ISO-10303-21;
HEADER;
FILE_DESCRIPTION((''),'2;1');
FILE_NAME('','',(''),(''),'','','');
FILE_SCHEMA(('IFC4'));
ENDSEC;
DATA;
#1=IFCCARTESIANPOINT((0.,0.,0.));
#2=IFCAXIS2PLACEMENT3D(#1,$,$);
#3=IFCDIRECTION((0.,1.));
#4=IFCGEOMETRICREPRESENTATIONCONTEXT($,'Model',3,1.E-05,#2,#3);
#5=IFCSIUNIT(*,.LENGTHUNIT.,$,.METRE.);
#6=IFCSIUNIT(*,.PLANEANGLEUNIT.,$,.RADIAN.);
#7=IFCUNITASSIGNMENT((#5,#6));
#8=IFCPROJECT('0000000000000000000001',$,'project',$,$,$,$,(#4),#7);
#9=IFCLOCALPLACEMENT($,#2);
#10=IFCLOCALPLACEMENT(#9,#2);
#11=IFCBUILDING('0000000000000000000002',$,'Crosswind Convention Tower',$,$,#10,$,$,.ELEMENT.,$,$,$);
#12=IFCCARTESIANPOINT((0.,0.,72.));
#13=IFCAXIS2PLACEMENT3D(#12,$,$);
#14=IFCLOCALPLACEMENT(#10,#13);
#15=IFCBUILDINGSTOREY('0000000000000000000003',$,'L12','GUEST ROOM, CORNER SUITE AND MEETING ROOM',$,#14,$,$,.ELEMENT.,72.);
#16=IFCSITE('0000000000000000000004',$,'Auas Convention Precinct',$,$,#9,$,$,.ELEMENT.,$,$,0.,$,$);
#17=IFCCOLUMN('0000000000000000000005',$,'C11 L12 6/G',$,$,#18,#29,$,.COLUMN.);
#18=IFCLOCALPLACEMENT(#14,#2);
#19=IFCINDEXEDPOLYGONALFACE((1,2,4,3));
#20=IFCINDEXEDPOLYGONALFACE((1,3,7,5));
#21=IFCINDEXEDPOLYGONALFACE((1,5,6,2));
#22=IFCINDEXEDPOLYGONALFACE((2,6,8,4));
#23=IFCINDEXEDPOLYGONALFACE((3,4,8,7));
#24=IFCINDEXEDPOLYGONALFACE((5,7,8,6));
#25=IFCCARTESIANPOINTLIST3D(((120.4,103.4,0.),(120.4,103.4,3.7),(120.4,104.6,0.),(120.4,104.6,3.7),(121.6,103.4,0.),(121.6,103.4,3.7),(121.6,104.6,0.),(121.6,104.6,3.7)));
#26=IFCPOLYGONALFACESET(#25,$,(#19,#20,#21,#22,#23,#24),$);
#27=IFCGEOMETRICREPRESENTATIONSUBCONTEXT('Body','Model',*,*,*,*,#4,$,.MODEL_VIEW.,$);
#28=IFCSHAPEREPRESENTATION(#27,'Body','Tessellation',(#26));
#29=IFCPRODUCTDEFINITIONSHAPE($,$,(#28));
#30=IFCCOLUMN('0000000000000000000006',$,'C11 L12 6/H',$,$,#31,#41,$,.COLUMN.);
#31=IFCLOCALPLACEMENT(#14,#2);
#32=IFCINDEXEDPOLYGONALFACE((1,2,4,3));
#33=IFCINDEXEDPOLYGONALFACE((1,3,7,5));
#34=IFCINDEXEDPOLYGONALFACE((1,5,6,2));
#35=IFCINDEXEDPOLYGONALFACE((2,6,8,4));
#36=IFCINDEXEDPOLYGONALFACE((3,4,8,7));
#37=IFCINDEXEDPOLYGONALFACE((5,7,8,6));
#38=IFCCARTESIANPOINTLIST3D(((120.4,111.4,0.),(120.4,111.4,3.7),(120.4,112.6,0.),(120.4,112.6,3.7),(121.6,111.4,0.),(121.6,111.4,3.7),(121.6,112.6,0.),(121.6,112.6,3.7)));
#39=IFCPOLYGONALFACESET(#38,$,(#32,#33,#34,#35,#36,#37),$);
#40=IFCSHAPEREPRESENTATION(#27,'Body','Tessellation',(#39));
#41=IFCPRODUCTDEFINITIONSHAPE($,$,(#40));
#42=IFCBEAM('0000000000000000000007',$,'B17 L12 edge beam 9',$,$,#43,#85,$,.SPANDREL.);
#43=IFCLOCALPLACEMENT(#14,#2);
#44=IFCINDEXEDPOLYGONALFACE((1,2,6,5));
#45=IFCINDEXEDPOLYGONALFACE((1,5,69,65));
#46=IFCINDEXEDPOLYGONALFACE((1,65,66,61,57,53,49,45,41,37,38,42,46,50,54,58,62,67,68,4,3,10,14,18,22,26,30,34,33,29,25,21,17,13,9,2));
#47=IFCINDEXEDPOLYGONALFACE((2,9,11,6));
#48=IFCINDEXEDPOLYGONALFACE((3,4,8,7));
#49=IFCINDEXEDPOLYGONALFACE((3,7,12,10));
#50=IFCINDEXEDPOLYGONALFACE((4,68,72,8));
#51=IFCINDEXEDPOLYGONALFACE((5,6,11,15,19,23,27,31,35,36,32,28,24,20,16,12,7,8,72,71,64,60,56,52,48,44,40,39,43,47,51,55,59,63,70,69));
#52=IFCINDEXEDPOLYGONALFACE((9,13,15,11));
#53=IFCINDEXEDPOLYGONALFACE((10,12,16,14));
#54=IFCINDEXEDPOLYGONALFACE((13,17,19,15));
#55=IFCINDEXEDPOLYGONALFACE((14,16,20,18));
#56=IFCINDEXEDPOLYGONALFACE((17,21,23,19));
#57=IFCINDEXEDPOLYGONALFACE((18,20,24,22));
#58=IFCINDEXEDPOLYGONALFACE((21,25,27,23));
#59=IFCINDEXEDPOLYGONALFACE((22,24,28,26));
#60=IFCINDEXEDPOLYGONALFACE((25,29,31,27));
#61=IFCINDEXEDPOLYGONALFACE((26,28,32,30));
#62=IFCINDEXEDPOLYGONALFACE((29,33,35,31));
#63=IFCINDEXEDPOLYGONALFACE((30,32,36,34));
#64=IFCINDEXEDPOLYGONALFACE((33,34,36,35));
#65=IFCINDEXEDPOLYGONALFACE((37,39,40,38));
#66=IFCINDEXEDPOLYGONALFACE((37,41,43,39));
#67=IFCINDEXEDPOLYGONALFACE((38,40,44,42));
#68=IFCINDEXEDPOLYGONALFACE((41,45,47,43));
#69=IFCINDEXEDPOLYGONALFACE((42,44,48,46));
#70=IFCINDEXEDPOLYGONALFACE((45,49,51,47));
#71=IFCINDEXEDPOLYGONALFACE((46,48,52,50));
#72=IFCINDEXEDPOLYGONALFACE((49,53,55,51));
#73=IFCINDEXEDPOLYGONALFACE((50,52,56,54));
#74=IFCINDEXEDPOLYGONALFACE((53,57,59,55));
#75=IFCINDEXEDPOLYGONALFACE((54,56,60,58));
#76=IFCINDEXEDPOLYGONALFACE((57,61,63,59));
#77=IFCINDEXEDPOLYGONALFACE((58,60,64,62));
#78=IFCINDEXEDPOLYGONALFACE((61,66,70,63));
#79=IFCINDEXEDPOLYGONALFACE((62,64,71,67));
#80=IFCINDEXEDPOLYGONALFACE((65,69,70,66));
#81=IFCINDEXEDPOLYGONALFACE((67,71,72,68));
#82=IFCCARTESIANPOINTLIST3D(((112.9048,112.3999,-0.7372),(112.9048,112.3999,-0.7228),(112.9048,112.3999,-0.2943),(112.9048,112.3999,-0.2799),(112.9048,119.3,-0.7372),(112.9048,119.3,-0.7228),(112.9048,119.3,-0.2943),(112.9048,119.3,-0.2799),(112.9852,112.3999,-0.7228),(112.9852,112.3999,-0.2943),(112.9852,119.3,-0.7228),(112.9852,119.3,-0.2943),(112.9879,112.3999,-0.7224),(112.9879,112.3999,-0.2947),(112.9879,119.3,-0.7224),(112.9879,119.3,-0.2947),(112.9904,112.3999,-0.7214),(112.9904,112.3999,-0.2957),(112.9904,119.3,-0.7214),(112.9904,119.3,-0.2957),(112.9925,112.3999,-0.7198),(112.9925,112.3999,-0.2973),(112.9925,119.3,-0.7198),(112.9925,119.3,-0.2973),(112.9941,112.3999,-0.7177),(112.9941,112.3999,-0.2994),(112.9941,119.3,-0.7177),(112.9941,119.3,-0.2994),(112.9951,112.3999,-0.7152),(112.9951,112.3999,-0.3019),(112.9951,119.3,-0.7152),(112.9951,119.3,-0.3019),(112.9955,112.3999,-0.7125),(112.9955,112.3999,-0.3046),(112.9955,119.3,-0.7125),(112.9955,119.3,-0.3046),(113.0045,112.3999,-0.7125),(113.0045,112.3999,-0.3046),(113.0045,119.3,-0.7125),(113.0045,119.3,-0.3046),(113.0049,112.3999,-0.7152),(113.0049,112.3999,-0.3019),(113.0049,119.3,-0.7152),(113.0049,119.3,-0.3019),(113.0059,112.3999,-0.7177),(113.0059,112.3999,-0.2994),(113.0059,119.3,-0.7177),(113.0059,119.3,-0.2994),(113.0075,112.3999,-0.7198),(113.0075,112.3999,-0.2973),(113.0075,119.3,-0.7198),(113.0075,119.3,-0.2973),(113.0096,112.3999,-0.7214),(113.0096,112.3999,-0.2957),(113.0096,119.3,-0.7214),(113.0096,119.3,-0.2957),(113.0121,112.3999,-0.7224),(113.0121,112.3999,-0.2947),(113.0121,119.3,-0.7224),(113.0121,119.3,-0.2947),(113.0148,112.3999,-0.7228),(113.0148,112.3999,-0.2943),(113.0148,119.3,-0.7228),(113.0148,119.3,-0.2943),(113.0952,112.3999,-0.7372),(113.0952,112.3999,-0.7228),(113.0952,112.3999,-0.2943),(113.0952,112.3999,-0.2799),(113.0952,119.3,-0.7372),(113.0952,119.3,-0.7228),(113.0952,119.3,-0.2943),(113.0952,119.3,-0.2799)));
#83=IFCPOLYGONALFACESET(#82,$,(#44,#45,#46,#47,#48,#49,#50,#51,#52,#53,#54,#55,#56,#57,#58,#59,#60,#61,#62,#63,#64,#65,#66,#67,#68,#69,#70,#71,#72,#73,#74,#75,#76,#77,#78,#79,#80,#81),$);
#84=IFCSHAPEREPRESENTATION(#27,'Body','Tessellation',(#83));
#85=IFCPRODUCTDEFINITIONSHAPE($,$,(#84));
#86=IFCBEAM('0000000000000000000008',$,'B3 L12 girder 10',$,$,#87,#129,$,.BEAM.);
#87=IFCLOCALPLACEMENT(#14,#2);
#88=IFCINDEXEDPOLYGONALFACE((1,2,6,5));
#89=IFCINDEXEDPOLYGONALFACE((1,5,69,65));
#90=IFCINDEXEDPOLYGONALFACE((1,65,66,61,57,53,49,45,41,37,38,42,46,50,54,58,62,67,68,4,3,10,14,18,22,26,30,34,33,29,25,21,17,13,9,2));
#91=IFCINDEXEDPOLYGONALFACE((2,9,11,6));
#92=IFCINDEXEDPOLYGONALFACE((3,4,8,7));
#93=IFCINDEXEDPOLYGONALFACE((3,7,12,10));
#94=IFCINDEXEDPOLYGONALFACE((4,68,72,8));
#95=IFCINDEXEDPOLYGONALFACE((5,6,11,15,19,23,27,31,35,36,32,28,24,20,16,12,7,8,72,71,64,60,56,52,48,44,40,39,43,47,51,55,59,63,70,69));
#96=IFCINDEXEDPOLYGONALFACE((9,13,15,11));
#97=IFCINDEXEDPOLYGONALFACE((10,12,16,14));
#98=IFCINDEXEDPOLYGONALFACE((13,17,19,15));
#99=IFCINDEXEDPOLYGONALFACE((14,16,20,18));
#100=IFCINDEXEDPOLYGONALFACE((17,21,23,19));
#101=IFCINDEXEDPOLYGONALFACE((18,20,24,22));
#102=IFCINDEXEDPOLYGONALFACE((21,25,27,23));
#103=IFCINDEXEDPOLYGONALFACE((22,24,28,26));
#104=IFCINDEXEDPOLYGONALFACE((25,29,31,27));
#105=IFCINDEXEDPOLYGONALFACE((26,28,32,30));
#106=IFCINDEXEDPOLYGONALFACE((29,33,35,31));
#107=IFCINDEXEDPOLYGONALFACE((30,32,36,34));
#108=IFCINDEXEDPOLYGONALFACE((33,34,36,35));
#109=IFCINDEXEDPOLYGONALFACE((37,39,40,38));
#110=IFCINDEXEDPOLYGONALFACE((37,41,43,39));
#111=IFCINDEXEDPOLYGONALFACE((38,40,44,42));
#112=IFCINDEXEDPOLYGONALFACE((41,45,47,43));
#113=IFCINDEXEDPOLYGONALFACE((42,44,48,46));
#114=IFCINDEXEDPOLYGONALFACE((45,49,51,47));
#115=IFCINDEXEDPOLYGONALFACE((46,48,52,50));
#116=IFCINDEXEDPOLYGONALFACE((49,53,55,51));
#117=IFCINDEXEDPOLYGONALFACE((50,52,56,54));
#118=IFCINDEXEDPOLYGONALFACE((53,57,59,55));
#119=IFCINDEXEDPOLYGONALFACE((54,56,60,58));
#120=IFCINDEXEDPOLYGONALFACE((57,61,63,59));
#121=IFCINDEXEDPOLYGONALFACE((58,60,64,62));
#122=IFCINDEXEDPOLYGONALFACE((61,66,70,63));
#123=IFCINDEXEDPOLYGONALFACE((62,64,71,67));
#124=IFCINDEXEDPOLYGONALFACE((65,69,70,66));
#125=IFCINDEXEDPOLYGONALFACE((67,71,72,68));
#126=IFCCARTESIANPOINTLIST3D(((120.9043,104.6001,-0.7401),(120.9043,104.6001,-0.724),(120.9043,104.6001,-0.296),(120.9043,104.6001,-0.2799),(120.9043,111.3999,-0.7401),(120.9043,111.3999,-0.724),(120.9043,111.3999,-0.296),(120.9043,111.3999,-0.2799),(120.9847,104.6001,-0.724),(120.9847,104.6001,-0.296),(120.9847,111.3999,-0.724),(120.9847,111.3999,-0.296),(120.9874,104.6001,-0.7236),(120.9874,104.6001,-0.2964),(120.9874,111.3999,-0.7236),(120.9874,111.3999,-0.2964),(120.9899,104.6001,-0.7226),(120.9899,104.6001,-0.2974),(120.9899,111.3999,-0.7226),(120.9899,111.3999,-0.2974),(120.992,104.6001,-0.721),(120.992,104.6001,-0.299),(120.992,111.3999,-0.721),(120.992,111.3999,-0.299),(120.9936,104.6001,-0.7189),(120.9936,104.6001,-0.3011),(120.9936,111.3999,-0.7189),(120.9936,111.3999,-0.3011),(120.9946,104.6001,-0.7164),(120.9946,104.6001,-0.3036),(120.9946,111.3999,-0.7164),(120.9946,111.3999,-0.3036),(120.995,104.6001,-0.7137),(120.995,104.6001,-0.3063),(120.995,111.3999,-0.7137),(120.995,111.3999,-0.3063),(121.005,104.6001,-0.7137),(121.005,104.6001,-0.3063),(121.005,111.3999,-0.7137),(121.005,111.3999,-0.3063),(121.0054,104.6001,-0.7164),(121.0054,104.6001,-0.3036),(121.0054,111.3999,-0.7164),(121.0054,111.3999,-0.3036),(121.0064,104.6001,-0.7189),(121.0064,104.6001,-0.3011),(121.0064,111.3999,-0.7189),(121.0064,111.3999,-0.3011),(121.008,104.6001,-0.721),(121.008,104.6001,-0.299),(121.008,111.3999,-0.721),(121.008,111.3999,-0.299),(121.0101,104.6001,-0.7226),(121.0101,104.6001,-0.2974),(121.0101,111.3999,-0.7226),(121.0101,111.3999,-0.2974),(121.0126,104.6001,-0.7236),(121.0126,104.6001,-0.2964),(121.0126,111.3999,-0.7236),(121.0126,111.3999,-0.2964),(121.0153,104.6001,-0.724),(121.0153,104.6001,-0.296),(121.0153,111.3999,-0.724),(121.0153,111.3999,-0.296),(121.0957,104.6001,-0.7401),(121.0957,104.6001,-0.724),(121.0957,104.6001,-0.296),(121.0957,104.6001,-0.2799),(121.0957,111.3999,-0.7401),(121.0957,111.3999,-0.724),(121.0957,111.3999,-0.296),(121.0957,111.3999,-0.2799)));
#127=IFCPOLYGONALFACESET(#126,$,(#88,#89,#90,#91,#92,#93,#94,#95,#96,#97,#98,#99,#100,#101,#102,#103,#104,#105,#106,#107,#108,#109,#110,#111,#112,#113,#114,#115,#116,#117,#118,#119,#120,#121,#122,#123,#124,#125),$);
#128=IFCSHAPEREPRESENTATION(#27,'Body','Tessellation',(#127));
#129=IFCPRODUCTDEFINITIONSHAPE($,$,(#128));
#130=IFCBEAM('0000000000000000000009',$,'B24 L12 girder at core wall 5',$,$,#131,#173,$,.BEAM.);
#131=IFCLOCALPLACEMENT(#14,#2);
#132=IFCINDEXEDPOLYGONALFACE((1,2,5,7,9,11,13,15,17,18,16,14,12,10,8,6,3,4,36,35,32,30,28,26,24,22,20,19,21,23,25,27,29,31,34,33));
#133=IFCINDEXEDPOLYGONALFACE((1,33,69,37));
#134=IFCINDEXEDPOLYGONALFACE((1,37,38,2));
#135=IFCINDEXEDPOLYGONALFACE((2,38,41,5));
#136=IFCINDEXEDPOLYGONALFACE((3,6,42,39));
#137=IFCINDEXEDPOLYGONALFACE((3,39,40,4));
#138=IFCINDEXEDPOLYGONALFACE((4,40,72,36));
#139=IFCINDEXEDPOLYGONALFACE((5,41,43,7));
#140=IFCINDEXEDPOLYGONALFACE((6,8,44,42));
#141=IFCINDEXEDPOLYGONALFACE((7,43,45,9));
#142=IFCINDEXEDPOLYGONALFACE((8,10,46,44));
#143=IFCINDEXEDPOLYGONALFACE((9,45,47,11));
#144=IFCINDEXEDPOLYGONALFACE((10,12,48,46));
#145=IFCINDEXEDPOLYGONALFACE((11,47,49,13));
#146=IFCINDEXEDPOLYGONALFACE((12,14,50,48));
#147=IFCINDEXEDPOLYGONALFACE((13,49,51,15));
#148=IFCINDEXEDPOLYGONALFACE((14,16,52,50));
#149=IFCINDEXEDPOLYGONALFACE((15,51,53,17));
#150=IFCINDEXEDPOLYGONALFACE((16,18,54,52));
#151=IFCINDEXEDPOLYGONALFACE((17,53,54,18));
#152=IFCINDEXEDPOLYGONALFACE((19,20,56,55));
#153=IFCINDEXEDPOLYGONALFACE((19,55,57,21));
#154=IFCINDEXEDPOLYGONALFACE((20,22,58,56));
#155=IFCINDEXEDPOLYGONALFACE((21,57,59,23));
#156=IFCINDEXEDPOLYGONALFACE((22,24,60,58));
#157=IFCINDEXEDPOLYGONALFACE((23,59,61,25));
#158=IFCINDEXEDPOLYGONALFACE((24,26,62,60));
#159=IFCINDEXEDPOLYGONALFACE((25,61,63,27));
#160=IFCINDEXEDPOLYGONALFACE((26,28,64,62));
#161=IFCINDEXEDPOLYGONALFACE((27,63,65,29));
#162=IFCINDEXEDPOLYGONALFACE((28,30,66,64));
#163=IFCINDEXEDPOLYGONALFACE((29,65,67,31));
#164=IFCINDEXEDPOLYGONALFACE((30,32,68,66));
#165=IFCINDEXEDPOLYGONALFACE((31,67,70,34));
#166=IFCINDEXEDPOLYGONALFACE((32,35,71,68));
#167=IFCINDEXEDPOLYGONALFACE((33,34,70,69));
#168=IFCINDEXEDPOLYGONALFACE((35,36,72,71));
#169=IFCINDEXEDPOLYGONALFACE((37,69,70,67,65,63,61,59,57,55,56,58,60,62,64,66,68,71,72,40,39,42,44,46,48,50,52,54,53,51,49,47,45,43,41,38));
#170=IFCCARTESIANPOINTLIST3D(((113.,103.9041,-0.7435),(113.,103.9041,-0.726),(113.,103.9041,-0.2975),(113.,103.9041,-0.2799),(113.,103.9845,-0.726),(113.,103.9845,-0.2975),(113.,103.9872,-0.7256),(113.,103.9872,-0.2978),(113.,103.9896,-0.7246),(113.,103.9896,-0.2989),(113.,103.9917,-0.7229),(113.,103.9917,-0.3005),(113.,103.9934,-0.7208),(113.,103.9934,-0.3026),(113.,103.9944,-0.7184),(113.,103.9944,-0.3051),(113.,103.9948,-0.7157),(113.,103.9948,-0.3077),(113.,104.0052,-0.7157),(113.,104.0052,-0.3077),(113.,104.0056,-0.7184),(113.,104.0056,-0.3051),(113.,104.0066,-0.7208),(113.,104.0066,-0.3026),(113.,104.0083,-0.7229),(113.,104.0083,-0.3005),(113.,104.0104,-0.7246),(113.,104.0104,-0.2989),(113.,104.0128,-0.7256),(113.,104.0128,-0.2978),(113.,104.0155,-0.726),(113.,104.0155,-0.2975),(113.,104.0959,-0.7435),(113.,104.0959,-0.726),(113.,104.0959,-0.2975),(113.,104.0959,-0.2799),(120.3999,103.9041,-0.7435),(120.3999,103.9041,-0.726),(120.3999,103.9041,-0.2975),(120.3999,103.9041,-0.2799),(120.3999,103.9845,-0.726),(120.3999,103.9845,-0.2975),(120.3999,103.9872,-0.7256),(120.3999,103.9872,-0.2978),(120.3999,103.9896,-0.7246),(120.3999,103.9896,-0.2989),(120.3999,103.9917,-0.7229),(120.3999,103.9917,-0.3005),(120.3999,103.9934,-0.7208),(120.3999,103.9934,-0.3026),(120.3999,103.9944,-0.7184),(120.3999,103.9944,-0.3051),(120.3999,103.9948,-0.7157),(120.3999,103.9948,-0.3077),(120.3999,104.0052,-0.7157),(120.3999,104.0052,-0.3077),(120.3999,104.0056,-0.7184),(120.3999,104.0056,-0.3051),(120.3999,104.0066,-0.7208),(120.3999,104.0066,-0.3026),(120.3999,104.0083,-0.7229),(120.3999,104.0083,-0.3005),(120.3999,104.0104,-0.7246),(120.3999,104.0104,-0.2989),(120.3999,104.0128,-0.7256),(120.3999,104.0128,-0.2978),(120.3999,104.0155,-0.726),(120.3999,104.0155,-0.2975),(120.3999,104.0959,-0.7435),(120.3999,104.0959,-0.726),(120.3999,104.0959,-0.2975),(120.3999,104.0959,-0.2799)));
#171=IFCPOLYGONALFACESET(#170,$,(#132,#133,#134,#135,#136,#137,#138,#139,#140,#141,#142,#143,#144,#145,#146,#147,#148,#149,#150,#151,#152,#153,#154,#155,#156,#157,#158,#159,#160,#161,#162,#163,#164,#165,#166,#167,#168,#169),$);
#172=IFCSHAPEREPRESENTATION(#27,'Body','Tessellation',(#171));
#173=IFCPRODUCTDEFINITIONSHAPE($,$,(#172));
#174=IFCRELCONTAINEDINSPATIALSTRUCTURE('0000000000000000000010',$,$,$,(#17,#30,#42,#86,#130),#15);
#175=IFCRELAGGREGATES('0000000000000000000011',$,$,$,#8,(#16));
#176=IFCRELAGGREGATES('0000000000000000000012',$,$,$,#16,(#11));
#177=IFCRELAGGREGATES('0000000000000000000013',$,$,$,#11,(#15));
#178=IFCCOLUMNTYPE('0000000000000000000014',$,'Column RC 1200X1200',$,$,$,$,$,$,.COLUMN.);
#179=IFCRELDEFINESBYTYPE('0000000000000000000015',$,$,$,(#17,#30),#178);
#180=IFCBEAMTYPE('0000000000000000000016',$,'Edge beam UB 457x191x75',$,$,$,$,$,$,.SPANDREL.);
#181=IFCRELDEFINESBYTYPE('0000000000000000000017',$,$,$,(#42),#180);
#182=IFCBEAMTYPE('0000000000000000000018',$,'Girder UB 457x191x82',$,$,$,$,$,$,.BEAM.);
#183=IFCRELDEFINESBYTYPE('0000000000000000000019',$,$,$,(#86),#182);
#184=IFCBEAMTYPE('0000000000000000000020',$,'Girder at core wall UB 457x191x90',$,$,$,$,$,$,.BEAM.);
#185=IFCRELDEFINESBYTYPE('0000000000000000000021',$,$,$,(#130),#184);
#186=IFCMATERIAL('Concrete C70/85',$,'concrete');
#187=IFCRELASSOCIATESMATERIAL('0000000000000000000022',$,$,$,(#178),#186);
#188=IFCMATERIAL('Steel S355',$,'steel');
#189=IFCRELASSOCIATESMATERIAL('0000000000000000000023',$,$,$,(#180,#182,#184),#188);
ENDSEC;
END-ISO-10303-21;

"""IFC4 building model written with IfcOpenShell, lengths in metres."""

from ifc_helpers import new_model, si_unit, direction, frame, origin, origin_2d, place, context, subcontext, project, spatial, rectangle, i_section, extrude, material, material_profile, profile_set, type_object, element, save


model = new_model("IFC4")

# Units and contexts
model_context = context("Model", 3, precision=1e-05, world=origin(), true_north=direction((0.0, 1.0)))
body_context = subcontext(model_context, "Body", "Model", "MODEL_VIEW")
ifc_project = project(units=[si_unit("LENGTHUNIT", "METRE"), si_unit("PLANEANGLEUNIT", "RADIAN")], contexts=[model_context])

# Site, building, storey
site_placement = place(None, origin())
site = spatial("IfcSite", under=ifc_project, at=site_placement, Name="Auas Convention Precinct", CompositionType="ELEMENT", RefElevation=0.0)
building_placement = place(site_placement, origin())
building = spatial("IfcBuilding", under=site, at=building_placement, Name="Crosswind Convention Tower", CompositionType="ELEMENT")
storey_placement = place(building_placement, frame((0.0, 0.0, 72.0)))
storey = spatial("IfcBuildingStorey", under=building, at=storey_placement, Name="L12", Description="GUEST ROOM, CORNER SUITE AND MEETING ROOM", CompositionType="ELEMENT", Elevation=72.0)

# Columns
ifc_material_1 = material(Name="Concrete C70/85", Category="concrete")
ifc_material_profile_1 = material_profile(ifc_material_1, rectangle(XDim=1.2, YDim=1.2, at=origin_2d()), Name="RC 1200X1200")
ifc_profile_set_1 = profile_set([ifc_material_profile_1], Name="Concrete C70/85")
column_type = type_object("IfcColumnType", Name="Column RC 1200X1200", PredefinedType="COLUMN", material=ifc_profile_set_1)
for number, where, z_axis, x_axis, name in (
    (1, (121.0, 104.0, 0.0), (0.0, 0.0, 1.0), (1.0, 0.0, 0.0), "C11 L12 6/G"),
    (2, (121.0, 112.0, 0.0), (0.0, 0.0, 1.0), (1.0, 0.0, 0.0), "C11 L12 6/H"),
):
    element("IfcColumn", number, at=place(storey_placement, frame(where, z_axis=z_axis, x_axis=x_axis)), inside=storey, type_object=column_type, Name=name, PredefinedType="COLUMN", context=body_context, shape_type="SweptSolid", body=[
        extrude(rectangle(XDim=1.2, YDim=1.2, at=origin_2d()), origin(), (0.0, 0.0, 1.0), 3.7),
    ])

# Beams
ifc_material_2 = material(Name="Steel S355", Category="steel")
ifc_material_profile_2 = material_profile(ifc_material_2, i_section(OverallWidth=0.1904, OverallDepth=0.4573, WebThickness=0.009, FlangeThickness=0.0144, FilletRadius=0.0103, at=origin_2d()), Name="UB 457x191x75")
ifc_profile_set_2 = profile_set([ifc_material_profile_2], Name="Steel S355")
beam_type_1 = type_object("IfcBeamType", Name="Edge beam UB 457x191x75", PredefinedType="SPANDREL", material=ifc_profile_set_2)
beam_1_placement = place(storey_placement, frame((113.0, 112.3999, -0.5085), z_axis=(0.0, 1.0, 0.0), x_axis=(-1.0, 0.0, 0.0)))
element("IfcBeam", 3, at=beam_1_placement, inside=storey, type_object=beam_type_1, Name="B17 L12 edge beam 9", PredefinedType="SPANDREL", context=body_context, shape_type="SweptSolid", body=[
    extrude(i_section(OverallWidth=0.1904, OverallDepth=0.4573, WebThickness=0.009, FlangeThickness=0.0144, FilletRadius=0.0103, at=origin_2d()), origin(), (0.0, 0.0, 1.0), 6.9001),
])
ifc_material_profile_3 = material_profile(ifc_material_2, i_section(OverallWidth=0.1914, OverallDepth=0.4602, WebThickness=0.01, FlangeThickness=0.0161, FilletRadius=0.0103, at=origin_2d()), Name="UB 457x191x82")
ifc_profile_set_3 = profile_set([ifc_material_profile_3], Name="Steel S355")
beam_type_2 = type_object("IfcBeamType", Name="Girder UB 457x191x82", PredefinedType="BEAM", material=ifc_profile_set_3)
beam_2_placement = place(storey_placement, frame((121.0, 104.6001, -0.51), z_axis=(0.0, 1.0, 0.0), x_axis=(-1.0, 0.0, 0.0)))
element("IfcBeam", 4, at=beam_2_placement, inside=storey, type_object=beam_type_2, Name="B3 L12 girder 10", PredefinedType="BEAM", context=body_context, shape_type="SweptSolid", body=[
    extrude(i_section(OverallWidth=0.1914, OverallDepth=0.4602, WebThickness=0.01, FlangeThickness=0.0161, FilletRadius=0.0103, at=origin_2d()), origin(), (0.0, 0.0, 1.0), 6.7998),
])
ifc_material_profile_4 = material_profile(ifc_material_2, i_section(OverallWidth=0.1919, OverallDepth=0.4636, WebThickness=0.0105, FlangeThickness=0.0176, FilletRadius=0.0103, at=origin_2d()), Name="UB 457x191x90")
ifc_profile_set_4 = profile_set([ifc_material_profile_4], Name="Steel S355")
beam_type_3 = type_object("IfcBeamType", Name="Girder at core wall UB 457x191x90", PredefinedType="BEAM", material=ifc_profile_set_4)
for number, where, z_axis, x_axis, name in (
    (5, (113.0, 104.0, -0.5117), (1.0, 0.0, 0.0), (0.0, 1.0, 0.0), "B24 L12 girder at core wall 5"),
):
    element("IfcBeam", number, at=place(storey_placement, frame(where, z_axis=z_axis, x_axis=x_axis)), inside=storey, type_object=beam_type_3, Name=name, PredefinedType="BEAM", context=body_context, shape_type="SweptSolid", body=[
        extrude(i_section(OverallWidth=0.1919, OverallDepth=0.4636, WebThickness=0.0105, FlangeThickness=0.0176, FilletRadius=0.0103, at=origin_2d()), origin(), (0.0, 0.0, 1.0), 7.3999),
    ])

save(model, "model.ifc")
